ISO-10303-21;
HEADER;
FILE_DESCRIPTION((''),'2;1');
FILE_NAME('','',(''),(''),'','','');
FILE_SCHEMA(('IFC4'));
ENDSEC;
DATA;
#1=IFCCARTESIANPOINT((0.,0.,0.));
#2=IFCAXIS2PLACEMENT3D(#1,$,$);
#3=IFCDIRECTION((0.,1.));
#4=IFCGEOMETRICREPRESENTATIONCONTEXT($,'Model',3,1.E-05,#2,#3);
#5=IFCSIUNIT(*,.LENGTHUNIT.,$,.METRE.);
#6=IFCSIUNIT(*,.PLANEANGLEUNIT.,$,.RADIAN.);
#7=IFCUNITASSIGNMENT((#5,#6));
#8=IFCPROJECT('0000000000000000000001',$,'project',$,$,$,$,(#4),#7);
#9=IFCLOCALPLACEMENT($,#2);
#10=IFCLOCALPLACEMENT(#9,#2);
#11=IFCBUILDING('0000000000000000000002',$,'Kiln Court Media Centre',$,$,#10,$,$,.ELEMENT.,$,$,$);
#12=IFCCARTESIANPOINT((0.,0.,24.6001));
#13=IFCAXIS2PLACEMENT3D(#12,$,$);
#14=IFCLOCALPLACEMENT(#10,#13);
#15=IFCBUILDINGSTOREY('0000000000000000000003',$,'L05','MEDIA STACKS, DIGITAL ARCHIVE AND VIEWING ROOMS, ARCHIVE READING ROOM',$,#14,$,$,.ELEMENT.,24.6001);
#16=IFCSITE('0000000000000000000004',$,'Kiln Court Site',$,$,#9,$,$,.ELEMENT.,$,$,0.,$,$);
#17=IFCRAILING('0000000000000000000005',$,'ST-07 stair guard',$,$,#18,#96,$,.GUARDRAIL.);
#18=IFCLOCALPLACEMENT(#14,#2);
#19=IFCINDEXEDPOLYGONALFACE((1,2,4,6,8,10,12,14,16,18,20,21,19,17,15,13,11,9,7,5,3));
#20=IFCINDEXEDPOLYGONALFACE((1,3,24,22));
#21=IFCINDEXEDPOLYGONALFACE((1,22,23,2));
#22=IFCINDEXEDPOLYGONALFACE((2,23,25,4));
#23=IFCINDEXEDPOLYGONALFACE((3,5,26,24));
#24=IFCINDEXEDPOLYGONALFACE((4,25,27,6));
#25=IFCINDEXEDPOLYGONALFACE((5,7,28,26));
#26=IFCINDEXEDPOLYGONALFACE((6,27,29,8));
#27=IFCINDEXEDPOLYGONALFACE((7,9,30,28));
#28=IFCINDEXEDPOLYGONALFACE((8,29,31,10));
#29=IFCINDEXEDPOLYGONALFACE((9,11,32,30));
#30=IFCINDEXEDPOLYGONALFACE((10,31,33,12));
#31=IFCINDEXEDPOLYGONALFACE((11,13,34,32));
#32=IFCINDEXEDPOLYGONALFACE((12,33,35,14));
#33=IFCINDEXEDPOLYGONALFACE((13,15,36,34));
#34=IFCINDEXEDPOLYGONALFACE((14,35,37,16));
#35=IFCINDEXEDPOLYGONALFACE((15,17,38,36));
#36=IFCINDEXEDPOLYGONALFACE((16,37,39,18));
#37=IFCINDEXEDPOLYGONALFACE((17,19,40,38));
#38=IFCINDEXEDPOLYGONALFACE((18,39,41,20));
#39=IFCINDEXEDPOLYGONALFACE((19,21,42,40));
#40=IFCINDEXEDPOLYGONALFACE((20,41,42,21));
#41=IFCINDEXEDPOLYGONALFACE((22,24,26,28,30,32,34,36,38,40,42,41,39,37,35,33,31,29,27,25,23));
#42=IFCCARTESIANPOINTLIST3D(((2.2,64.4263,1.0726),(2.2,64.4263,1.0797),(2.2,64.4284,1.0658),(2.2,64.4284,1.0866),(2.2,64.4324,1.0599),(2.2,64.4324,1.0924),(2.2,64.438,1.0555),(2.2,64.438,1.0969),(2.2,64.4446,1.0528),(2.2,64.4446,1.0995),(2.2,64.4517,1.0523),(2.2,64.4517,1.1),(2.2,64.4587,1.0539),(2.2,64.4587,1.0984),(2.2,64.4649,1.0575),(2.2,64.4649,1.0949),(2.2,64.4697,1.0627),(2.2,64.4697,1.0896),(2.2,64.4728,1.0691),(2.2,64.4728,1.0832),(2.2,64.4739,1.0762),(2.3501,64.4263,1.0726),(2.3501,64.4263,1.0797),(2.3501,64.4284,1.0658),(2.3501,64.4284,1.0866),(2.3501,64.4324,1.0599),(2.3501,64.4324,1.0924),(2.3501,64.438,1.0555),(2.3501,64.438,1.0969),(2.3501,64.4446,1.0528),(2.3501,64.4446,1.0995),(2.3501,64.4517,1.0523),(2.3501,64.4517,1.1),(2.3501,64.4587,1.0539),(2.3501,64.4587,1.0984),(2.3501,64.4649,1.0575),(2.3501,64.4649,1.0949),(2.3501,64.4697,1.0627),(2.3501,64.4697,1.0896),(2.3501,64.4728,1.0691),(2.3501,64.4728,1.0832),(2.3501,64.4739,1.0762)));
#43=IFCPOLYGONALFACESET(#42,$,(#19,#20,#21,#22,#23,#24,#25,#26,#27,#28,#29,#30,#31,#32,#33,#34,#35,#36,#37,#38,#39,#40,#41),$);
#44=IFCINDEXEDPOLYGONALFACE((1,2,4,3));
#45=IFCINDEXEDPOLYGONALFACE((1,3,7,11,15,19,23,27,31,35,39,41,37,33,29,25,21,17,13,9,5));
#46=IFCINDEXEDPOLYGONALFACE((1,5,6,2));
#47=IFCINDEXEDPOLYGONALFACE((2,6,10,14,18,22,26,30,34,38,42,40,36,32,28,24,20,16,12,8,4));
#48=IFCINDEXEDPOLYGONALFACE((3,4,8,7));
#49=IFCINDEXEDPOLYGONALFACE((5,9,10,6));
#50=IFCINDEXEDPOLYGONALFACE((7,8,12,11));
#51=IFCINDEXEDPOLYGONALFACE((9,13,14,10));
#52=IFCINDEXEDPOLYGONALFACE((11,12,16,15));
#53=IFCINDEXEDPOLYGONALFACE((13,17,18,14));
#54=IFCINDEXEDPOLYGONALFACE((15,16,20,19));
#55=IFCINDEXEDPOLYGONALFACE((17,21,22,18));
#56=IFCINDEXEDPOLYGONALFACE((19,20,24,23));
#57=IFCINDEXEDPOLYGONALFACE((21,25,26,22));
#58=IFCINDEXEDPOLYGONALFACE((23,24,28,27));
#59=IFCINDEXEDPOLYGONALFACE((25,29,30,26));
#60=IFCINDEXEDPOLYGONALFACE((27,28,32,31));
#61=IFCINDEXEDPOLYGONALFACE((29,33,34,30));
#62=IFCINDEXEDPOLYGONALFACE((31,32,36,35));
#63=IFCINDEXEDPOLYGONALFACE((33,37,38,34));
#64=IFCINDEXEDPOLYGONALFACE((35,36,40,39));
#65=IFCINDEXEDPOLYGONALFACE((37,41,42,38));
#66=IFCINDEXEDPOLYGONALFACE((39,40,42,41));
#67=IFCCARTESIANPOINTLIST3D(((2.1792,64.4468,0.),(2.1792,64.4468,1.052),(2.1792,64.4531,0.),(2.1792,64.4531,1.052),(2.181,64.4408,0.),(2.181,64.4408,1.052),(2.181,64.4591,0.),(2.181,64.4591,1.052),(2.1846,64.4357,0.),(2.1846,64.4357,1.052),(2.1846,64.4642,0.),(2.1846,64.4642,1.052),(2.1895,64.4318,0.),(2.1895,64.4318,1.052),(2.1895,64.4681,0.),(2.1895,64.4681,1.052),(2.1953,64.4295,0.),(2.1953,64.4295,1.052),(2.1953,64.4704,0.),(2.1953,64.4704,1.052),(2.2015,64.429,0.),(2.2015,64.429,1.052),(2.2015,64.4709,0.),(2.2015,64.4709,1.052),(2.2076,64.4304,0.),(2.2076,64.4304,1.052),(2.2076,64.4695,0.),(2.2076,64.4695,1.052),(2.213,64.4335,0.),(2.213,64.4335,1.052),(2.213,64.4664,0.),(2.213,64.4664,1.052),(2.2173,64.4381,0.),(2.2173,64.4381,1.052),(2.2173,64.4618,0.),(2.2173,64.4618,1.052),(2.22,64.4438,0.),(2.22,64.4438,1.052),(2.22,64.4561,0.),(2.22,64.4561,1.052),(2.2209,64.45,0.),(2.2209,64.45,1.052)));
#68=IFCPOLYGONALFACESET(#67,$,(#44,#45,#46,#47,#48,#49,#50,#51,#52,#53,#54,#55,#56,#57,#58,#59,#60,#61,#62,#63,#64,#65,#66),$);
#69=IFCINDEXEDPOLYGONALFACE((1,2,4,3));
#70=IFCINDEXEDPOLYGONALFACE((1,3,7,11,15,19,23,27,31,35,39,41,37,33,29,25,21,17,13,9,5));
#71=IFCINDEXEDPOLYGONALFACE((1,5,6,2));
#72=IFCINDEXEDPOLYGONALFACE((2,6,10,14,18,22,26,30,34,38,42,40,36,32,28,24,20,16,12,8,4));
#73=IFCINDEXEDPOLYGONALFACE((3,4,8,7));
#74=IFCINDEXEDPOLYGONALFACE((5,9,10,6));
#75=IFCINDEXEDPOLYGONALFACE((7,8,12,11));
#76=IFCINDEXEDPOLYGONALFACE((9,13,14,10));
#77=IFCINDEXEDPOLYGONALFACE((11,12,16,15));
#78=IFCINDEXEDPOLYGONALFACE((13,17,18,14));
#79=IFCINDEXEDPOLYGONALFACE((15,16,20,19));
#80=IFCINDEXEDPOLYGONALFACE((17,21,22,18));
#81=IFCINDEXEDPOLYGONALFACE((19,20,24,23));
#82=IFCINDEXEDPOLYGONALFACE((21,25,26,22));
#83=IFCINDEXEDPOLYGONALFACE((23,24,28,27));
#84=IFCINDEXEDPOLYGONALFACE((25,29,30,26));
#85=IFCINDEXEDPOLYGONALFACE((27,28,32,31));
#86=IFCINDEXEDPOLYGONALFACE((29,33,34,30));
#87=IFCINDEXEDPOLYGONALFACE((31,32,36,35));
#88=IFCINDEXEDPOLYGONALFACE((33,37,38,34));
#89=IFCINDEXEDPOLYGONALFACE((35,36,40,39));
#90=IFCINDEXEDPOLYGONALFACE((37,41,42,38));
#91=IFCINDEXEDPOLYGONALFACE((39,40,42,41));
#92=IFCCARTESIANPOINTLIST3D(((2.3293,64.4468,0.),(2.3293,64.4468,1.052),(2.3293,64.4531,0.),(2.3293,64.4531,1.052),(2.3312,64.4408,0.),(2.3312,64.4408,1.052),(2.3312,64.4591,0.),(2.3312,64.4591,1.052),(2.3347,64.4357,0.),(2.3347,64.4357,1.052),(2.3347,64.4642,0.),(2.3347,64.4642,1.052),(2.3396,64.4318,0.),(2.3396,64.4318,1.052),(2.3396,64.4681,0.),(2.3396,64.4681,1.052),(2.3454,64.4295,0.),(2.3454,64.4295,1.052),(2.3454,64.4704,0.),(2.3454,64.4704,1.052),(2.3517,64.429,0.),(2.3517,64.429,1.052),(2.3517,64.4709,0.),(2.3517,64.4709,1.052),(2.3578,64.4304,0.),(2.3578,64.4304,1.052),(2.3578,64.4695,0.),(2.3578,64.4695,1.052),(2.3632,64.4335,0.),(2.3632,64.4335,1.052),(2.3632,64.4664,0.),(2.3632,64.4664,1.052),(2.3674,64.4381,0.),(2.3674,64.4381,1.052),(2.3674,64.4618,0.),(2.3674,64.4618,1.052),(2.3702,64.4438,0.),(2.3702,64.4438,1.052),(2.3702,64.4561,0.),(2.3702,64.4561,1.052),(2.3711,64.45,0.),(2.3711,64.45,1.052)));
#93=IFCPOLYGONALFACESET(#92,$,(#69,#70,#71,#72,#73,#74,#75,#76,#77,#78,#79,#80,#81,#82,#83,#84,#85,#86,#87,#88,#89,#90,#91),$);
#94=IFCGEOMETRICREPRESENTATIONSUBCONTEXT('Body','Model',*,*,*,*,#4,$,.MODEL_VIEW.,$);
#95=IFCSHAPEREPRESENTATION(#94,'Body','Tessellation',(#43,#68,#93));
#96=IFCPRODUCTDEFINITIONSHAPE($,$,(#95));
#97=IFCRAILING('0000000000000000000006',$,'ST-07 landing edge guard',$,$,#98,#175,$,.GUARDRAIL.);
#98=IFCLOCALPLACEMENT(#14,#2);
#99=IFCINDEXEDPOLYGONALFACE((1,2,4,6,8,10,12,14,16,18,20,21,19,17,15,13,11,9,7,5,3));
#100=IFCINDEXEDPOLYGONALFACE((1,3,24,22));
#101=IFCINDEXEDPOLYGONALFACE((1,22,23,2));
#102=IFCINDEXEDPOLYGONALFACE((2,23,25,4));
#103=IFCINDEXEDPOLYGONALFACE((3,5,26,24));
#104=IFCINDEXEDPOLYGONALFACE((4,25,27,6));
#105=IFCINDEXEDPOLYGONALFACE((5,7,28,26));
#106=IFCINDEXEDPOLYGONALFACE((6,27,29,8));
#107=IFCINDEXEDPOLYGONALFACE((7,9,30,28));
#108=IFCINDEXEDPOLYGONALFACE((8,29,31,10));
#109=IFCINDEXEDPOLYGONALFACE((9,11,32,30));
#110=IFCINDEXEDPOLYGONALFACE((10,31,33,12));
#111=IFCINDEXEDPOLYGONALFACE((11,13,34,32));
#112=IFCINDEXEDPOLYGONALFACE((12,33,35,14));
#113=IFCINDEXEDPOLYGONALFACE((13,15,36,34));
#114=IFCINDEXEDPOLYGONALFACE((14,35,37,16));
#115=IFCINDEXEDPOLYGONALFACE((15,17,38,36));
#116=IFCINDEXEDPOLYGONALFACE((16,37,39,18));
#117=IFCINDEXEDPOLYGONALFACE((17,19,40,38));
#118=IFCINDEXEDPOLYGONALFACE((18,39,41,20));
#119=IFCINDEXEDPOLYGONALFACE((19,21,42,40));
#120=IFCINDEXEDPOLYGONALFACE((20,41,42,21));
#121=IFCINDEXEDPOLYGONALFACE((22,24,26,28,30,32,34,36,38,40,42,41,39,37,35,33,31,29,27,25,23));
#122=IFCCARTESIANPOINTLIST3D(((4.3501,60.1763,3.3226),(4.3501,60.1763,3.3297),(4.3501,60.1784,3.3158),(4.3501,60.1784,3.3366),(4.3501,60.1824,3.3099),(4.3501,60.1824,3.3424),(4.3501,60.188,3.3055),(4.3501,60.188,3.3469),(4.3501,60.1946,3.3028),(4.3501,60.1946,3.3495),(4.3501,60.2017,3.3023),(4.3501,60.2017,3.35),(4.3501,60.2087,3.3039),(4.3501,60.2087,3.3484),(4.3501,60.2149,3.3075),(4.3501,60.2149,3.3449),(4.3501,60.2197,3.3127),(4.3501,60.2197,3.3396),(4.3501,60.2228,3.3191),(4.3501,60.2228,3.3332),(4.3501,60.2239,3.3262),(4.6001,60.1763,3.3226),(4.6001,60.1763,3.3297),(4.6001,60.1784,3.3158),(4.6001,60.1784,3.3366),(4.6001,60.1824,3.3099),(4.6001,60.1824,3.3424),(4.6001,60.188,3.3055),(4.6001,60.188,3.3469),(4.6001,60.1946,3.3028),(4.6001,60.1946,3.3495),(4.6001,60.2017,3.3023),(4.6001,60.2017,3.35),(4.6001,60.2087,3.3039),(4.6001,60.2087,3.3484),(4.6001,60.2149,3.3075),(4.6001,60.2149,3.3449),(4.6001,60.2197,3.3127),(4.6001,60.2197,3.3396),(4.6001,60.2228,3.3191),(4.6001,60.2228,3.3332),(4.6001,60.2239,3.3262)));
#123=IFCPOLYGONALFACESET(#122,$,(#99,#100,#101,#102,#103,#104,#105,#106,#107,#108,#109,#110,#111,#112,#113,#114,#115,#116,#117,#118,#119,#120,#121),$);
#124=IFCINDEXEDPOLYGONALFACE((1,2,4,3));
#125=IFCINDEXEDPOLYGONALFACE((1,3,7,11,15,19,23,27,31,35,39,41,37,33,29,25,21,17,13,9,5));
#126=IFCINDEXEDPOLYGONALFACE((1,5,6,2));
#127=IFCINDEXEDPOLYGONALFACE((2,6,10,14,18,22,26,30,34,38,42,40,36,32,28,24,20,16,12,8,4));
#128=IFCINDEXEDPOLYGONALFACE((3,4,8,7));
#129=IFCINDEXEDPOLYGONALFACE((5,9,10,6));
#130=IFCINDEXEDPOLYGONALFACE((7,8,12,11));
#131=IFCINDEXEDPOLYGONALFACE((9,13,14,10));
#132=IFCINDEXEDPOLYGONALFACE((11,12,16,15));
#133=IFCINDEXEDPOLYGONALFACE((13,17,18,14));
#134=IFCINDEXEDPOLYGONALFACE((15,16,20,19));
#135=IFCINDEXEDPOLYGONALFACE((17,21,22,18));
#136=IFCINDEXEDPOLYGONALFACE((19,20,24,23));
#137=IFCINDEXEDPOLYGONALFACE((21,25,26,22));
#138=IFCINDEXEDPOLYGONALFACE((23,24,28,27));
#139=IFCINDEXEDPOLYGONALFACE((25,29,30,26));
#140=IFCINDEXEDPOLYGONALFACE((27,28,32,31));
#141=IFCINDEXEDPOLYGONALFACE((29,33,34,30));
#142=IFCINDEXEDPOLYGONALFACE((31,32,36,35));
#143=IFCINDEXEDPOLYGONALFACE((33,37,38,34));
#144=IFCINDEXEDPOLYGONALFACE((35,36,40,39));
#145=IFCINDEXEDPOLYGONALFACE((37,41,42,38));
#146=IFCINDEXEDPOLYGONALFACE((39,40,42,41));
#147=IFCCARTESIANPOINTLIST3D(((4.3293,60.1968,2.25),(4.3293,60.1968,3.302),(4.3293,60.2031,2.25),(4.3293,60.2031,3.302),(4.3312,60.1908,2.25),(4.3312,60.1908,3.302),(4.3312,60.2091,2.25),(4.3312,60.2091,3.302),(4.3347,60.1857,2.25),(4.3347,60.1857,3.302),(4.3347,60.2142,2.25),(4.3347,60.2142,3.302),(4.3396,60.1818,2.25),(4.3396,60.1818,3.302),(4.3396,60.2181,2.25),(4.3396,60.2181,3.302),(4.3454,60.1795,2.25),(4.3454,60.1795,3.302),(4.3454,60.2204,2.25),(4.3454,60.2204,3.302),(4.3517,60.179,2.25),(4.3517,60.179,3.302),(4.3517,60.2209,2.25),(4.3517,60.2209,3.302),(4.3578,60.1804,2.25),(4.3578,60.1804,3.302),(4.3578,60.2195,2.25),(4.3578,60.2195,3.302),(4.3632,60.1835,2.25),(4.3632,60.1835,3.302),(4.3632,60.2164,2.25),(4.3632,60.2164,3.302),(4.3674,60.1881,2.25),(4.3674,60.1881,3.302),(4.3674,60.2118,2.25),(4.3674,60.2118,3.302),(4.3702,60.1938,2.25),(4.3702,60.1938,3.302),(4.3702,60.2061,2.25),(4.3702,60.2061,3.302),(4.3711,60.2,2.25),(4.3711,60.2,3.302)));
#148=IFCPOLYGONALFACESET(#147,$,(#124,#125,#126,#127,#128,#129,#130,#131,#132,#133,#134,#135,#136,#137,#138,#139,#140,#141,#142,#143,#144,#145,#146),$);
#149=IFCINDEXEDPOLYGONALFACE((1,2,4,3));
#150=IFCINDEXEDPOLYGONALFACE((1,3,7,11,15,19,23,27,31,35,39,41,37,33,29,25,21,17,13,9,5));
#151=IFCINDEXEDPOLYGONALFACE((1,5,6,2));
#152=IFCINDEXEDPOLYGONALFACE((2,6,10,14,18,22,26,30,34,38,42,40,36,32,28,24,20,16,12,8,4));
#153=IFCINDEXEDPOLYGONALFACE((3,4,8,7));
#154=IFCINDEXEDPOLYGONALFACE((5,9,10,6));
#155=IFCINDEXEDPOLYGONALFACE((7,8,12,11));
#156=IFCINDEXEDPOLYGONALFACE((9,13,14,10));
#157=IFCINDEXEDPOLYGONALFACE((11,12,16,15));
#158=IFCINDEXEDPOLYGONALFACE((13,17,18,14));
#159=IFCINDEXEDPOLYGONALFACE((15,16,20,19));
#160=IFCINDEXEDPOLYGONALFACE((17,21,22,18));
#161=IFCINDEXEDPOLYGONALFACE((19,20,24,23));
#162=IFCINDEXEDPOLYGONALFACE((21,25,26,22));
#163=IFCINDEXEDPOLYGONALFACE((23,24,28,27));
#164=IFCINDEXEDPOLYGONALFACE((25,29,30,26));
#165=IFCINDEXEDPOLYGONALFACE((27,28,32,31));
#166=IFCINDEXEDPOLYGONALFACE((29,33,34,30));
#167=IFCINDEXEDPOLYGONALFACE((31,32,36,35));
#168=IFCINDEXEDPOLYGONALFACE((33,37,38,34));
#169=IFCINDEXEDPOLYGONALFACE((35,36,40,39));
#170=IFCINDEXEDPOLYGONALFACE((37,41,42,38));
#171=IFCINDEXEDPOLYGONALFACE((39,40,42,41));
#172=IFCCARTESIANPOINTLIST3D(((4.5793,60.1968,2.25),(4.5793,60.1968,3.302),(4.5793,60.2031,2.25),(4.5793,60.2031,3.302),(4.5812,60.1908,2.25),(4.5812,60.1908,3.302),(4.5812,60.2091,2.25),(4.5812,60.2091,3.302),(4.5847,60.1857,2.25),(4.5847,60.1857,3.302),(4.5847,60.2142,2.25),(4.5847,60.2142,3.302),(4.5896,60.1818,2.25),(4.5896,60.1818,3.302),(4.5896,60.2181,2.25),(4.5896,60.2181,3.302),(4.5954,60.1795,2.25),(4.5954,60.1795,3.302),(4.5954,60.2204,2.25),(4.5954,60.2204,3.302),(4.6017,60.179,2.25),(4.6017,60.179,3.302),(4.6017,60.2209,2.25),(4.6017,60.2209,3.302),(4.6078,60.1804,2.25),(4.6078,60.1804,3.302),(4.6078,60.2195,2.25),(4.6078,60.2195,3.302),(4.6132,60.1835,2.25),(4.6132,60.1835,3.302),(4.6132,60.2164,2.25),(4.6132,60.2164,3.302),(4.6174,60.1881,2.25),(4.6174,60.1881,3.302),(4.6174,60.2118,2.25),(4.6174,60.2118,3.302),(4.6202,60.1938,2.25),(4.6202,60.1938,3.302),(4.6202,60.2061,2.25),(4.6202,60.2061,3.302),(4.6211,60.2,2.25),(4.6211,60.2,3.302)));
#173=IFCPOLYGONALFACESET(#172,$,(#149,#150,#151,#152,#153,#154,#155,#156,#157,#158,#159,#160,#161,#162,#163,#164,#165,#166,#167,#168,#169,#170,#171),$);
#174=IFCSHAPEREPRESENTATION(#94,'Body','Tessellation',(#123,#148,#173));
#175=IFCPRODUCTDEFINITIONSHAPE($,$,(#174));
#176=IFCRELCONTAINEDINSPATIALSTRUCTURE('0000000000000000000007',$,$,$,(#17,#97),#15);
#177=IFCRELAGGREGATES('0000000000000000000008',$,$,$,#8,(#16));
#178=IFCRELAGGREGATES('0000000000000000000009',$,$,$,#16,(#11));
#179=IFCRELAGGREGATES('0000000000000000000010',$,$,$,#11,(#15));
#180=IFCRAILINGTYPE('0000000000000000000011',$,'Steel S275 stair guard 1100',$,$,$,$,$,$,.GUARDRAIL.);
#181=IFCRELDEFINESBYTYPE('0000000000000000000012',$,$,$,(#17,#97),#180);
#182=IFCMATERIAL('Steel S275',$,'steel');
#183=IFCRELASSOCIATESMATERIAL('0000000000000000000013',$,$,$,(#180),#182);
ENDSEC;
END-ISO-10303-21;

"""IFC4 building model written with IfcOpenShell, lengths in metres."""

from ifc_helpers import new_model, si_unit, direction, frame, origin, origin_2d, place, context, subcontext, project, spatial, circle, extrude, material, type_object, element, save


model = new_model("IFC4")

# Units and contexts
model_context = context("Model", 3, precision=1e-05, world=origin(), true_north=direction((0.0, 1.0)))
body_context = subcontext(model_context, "Body", "Model", "MODEL_VIEW")
ifc_project = project(units=[si_unit("LENGTHUNIT", "METRE"), si_unit("PLANEANGLEUNIT", "RADIAN")], contexts=[model_context])

# Site, building, storey
site_placement = place(None, origin())
site = spatial("IfcSite", under=ifc_project, at=site_placement, Name="Kiln Court Site", CompositionType="ELEMENT", RefElevation=0.0)
building_placement = place(site_placement, origin())
building = spatial("IfcBuilding", under=site, at=building_placement, Name="Kiln Court Media Centre", CompositionType="ELEMENT")
storey_placement = place(building_placement, frame((0.0, 0.0, 24.6001)))
storey = spatial("IfcBuildingStorey", under=building, at=storey_placement, Name="L05", Description="MEDIA STACKS, DIGITAL ARCHIVE AND VIEWING ROOMS, ARCHIVE READING ROOM", CompositionType="ELEMENT", Elevation=24.6001)

# Railings
ifc_material_1 = material(Name="Steel S275", Category="steel")
railing_type_1 = type_object("IfcRailingType", Name="Steel S275 stair guard 1100", PredefinedType="GUARDRAIL", material=ifc_material_1)
railing_1_placement = place(storey_placement, frame((2.2, 64.45, 0.0)))
element("IfcRailing", 1, at=railing_1_placement, inside=storey, type_object=railing_type_1, Name="ST-07 stair guard", PredefinedType="GUARDRAIL", context=body_context, shape_type="SweptSolid", body=[
    extrude(circle(Radius=0.0239, at=origin_2d()), frame((0.0, 0.0, 1.0762), z_axis=(1.0, 0.0, 0.0), x_axis=(0.0, 1.0, 0.0)), (0.0, 0.0, 1.0), 0.1501),
    extrude(circle(Radius=0.021, at=origin_2d()), origin(), (0.0, 0.0, 1.0), 1.052),
    extrude(circle(Radius=0.021, at=origin_2d()), frame((0.1501, 0.0, 0.0)), (0.0, 0.0, 1.0), 1.052),
])
for number, where, name in (
    (2, (4.3501, 60.2, 2.25), "ST-07 landing edge guard"),
):
    element("IfcRailing", number, at=place(storey_placement, frame(where)), inside=storey, type_object=railing_type_1, Name=name, PredefinedType="GUARDRAIL", context=body_context, shape_type="SweptSolid", body=[
        extrude(circle(Radius=0.0239, at=origin_2d()), frame((0.0, 0.0, 1.0762), z_axis=(1.0, 0.0, 0.0), x_axis=(0.0, 1.0, 0.0)), (0.0, 0.0, 1.0), 0.25),
        extrude(circle(Radius=0.021, at=origin_2d()), origin(), (0.0, 0.0, 1.0), 1.052),
        extrude(circle(Radius=0.021, at=origin_2d()), frame((0.25, 0.0, 0.0)), (0.0, 0.0, 1.0), 1.052),
    ])

save(model, "model.ifc")
